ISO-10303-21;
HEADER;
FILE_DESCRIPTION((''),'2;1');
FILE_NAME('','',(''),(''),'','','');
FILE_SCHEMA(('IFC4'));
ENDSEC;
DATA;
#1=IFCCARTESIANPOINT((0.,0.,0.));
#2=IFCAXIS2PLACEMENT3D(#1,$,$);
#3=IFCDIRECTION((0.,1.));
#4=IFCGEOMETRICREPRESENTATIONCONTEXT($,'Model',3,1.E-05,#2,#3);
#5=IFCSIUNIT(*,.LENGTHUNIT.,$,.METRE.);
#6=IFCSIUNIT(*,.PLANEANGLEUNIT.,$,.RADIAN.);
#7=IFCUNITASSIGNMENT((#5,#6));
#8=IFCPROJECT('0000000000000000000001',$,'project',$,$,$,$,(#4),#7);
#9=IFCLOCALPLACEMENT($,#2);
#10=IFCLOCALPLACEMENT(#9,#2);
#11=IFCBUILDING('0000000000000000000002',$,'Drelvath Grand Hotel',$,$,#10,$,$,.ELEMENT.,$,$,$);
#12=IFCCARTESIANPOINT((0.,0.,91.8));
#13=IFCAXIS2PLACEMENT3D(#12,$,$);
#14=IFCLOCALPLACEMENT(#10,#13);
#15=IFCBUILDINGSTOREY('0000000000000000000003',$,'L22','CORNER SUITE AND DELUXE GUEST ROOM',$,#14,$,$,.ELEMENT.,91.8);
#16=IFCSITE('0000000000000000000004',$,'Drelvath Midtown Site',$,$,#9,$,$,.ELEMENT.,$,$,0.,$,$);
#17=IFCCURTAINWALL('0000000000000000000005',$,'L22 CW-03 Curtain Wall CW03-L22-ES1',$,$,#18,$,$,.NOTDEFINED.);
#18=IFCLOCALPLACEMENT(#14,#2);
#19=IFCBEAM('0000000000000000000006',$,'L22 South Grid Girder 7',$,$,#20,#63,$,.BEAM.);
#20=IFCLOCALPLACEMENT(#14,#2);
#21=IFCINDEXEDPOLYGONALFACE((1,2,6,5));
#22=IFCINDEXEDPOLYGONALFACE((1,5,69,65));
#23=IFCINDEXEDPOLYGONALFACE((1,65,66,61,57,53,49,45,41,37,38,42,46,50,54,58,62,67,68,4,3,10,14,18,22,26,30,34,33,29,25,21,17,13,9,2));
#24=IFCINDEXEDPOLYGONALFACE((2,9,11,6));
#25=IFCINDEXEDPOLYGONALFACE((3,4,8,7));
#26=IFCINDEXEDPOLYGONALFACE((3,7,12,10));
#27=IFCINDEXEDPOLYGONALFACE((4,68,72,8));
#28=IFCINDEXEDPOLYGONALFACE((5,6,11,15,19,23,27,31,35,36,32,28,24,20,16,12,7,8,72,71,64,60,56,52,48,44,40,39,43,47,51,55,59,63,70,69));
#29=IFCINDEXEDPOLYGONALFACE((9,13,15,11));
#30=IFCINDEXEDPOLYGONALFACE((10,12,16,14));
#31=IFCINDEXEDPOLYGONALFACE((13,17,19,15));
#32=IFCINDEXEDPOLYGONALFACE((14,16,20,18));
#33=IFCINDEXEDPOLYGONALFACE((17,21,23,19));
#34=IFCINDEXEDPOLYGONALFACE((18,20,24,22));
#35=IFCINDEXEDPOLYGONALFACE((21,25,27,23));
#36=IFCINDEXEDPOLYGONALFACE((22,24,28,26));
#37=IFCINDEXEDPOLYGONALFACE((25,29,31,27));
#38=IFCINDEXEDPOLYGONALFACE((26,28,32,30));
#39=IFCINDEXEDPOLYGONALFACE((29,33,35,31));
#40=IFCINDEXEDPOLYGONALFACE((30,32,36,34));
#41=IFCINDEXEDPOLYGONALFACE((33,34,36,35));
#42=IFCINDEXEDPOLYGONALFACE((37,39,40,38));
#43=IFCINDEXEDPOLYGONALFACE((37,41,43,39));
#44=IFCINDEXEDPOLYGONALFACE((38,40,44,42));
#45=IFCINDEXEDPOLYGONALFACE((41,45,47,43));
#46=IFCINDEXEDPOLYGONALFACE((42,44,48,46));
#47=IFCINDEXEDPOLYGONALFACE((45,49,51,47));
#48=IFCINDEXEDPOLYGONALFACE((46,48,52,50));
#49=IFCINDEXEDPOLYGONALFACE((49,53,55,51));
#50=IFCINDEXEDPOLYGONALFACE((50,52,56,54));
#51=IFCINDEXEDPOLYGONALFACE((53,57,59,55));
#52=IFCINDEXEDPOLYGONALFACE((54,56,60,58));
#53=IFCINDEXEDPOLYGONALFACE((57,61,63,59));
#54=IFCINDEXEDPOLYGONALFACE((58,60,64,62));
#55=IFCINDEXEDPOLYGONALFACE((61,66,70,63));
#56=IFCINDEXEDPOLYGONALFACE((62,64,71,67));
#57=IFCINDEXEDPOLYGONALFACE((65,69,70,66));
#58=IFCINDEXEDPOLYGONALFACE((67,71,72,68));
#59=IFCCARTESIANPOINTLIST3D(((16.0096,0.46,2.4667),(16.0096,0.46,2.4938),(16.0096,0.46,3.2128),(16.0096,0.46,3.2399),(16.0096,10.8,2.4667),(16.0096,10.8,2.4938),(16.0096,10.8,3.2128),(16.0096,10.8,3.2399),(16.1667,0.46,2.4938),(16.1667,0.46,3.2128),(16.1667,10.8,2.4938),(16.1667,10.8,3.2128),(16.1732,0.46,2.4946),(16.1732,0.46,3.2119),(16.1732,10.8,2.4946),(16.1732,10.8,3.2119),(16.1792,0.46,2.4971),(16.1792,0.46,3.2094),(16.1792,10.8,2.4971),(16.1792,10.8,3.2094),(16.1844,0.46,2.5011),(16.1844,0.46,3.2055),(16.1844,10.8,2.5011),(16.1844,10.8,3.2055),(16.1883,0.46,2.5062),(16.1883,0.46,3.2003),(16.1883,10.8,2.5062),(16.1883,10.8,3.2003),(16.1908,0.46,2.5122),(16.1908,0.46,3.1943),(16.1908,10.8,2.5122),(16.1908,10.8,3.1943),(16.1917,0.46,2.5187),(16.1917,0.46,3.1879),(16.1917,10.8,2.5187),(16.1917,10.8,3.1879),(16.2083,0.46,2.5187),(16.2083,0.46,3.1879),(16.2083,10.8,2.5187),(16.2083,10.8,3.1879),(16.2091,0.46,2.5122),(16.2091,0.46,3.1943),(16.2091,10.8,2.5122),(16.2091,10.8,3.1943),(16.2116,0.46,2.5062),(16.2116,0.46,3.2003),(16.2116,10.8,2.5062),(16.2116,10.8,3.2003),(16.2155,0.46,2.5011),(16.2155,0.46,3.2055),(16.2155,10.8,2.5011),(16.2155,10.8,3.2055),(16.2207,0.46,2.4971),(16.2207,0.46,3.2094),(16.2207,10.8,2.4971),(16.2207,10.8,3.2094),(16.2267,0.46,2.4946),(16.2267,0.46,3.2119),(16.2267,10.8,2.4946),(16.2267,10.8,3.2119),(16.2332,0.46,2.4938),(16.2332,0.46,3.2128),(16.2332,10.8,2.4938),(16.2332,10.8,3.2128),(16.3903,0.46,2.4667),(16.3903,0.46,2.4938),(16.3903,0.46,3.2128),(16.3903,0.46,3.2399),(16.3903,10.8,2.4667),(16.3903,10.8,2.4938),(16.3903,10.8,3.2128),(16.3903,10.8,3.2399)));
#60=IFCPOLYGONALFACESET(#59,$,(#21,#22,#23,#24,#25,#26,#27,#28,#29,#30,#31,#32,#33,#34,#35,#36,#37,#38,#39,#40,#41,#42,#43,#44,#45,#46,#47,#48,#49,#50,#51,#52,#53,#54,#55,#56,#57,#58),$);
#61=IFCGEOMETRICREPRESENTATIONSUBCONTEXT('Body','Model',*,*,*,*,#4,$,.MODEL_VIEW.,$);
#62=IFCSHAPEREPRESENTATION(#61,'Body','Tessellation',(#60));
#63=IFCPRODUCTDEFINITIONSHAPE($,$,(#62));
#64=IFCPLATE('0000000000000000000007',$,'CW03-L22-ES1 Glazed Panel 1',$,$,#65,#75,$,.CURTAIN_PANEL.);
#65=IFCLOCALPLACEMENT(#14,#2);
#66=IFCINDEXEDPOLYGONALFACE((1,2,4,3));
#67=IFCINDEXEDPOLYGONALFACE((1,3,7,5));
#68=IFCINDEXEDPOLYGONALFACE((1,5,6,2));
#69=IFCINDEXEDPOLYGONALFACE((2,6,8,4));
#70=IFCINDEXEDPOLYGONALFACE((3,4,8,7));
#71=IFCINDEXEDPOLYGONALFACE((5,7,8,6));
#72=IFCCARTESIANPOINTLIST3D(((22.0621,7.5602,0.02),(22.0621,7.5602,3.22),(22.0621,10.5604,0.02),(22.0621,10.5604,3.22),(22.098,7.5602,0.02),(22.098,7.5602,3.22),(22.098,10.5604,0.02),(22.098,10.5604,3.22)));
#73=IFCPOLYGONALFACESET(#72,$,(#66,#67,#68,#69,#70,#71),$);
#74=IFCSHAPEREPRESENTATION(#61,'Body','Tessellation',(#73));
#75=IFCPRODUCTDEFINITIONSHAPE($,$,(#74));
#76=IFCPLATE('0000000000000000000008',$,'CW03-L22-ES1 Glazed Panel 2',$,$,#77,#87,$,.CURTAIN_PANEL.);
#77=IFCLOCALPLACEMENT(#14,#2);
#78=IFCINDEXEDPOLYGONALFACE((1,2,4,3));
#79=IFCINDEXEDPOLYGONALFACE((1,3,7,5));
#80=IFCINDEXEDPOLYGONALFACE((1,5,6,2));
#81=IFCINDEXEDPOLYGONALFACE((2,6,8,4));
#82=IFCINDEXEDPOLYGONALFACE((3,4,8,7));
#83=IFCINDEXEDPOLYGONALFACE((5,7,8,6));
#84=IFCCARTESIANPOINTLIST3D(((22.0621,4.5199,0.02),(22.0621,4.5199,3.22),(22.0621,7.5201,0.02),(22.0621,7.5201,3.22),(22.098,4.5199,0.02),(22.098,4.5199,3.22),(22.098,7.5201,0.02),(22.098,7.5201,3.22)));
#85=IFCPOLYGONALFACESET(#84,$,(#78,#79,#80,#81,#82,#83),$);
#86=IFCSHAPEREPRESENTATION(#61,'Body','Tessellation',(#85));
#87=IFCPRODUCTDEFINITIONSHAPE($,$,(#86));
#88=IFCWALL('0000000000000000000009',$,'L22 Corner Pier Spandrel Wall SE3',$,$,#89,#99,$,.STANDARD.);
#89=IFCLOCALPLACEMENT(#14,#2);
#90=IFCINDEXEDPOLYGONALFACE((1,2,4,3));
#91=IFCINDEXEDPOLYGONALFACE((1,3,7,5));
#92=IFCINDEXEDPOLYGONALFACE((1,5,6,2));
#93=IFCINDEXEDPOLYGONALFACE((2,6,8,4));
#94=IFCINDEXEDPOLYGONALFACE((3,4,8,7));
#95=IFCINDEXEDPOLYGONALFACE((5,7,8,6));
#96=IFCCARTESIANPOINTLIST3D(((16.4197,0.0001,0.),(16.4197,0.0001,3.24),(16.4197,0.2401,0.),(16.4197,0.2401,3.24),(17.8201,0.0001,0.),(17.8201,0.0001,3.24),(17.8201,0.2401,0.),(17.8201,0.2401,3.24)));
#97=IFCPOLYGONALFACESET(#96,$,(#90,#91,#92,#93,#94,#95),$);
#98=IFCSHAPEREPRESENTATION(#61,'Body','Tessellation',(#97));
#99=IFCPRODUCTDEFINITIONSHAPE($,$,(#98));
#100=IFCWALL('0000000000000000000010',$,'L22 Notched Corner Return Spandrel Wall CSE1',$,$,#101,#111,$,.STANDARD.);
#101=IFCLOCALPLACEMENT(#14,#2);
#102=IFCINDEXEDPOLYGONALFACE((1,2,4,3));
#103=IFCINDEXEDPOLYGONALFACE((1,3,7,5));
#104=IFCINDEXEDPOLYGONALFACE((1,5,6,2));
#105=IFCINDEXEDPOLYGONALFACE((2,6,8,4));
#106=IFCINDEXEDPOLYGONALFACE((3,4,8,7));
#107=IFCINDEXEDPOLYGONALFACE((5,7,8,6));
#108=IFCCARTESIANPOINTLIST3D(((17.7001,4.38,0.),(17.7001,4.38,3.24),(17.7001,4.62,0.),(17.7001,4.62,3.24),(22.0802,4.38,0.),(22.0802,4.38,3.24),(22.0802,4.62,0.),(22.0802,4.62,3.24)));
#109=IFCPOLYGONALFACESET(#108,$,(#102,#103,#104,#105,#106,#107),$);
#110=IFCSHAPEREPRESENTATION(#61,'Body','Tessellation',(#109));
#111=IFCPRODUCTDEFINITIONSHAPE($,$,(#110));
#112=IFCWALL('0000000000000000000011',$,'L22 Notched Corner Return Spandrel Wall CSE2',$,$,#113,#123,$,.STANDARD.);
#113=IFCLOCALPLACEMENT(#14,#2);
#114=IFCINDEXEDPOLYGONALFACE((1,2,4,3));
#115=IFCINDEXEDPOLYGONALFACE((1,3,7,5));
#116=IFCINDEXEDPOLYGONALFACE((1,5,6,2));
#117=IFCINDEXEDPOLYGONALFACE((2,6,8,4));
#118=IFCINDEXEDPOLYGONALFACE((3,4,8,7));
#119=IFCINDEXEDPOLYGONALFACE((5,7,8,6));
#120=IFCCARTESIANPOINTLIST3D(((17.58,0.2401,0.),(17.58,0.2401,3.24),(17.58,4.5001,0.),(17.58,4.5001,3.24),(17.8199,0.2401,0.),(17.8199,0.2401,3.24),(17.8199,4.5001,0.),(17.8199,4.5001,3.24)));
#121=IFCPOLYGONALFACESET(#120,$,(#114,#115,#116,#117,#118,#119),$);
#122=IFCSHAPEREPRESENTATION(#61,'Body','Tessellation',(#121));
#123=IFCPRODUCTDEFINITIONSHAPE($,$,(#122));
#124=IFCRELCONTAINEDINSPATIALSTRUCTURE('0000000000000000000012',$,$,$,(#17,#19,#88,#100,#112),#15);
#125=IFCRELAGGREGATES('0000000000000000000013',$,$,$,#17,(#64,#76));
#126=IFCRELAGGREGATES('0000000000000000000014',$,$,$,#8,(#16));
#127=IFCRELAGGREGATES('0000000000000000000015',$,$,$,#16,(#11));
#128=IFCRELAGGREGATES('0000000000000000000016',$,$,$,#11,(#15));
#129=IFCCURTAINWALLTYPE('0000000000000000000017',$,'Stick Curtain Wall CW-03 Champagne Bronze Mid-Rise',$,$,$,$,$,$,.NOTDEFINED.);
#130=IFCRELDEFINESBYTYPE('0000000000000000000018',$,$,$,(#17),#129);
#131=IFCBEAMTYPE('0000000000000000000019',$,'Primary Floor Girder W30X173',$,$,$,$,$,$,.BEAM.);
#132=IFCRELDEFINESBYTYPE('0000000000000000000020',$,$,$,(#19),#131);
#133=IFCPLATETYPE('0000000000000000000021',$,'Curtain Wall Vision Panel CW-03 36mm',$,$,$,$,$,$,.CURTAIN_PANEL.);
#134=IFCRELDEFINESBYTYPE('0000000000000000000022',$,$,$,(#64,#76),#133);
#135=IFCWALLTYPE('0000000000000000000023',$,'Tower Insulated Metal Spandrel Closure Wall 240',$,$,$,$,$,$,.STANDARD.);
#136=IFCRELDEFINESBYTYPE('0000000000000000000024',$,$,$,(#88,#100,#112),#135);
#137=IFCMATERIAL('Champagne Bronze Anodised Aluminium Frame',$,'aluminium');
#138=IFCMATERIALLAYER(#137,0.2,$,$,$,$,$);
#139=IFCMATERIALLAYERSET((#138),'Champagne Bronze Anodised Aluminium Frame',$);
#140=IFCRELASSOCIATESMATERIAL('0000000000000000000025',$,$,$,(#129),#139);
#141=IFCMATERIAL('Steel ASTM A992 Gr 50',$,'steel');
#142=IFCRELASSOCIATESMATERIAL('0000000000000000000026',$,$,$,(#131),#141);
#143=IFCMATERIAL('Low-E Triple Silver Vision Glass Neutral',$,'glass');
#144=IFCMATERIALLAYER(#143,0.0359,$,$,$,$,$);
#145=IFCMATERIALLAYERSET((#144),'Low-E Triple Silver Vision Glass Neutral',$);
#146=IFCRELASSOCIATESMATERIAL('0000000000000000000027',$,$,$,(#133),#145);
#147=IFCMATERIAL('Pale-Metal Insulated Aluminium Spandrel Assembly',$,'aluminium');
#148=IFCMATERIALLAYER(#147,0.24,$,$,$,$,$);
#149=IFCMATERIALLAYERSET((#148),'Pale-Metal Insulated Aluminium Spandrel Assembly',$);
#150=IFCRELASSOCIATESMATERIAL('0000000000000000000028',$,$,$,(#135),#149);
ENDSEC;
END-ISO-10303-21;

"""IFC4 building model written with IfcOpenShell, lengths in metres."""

from ifc_helpers import new_model, si_unit, direction, frame, frame_2d, origin, origin_2d, place, context, subcontext, project, spatial, rectangle, i_section, extrude, material, layer, layer_set, material_profile, profile_set, type_object, element, aggregate, save


model = new_model("IFC4")

# Units and contexts
model_context = context("Model", 3, precision=1e-05, world=origin(), true_north=direction((0.0, 1.0)))
body_context = subcontext(model_context, "Body", "Model", "MODEL_VIEW")
ifc_project = project(units=[si_unit("LENGTHUNIT", "METRE"), si_unit("PLANEANGLEUNIT", "RADIAN")], contexts=[model_context])

# Site, building, storey
site_placement = place(None, origin())
site = spatial("IfcSite", under=ifc_project, at=site_placement, Name="Drelvath Midtown Site", CompositionType="ELEMENT", RefElevation=0.0)
building_placement = place(site_placement, origin())
building = spatial("IfcBuilding", under=site, at=building_placement, Name="Drelvath Grand Hotel", CompositionType="ELEMENT")
storey_placement = place(building_placement, frame((0.0, 0.0, 91.8)))
storey = spatial("IfcBuildingStorey", under=building, at=storey_placement, Name="L22", Description="CORNER SUITE AND DELUXE GUEST ROOM", CompositionType="ELEMENT", Elevation=91.8)

# Curtain wall
ifc_material_1 = material(Name="Champagne Bronze Anodised Aluminium Frame", Category="aluminium")
ifc_layer_1 = layer(ifc_material_1, 0.2)
ifc_layer_set_1 = layer_set([ifc_layer_1], Name="Champagne Bronze Anodised Aluminium Frame")
curtain_wall_type = type_object("IfcCurtainWallType", Name="Stick Curtain Wall CW-03 Champagne Bronze Mid-Rise", PredefinedType="NOTDEFINED", material=ifc_layer_set_1)
curtain_wall_1_placement = place(storey_placement, origin())
curtain_wall_1 = element("IfcCurtainWall", 1, at=curtain_wall_1_placement, inside=storey, type_object=curtain_wall_type, Name="L22 CW-03 Curtain Wall CW03-L22-ES1", PredefinedType="NOTDEFINED")

# Beam
ifc_material_2 = material(Name="Steel ASTM A992 Gr 50", Category="steel")
ifc_material_profile_1 = material_profile(ifc_material_2, i_section(OverallWidth=0.3806, OverallDepth=0.7732, WebThickness=0.0166, FlangeThickness=0.0271, FilletRadius=0.0249, at=origin_2d()), Name="W30X173")
ifc_profile_set_1 = profile_set([ifc_material_profile_1], Name="Steel ASTM A992 Gr 50")
beam_type = type_object("IfcBeamType", Name="Primary Floor Girder W30X173", PredefinedType="BEAM", material=ifc_profile_set_1)
beam_placement = place(storey_placement, frame((16.2, 0.46, 2.8533), z_axis=(0.0, 1.0, 0.0), x_axis=(-1.0, 0.0, 0.0)))
element("IfcBeam", 2, at=beam_placement, inside=storey, type_object=beam_type, Name="L22 South Grid Girder 7", PredefinedType="BEAM", context=body_context, shape_type="SweptSolid", body=[
    extrude(i_section(OverallWidth=0.3806, OverallDepth=0.7732, WebThickness=0.0166, FlangeThickness=0.0271, FilletRadius=0.0249, at=origin_2d()), origin(), (0.0, 0.0, 1.0), 10.3401),
])

# Plates
ifc_material_3 = material(Name="Low-E Triple Silver Vision Glass Neutral", Category="glass")
ifc_layer_2 = layer(ifc_material_3, 0.0359)
ifc_layer_set_2 = layer_set([ifc_layer_2], Name="Low-E Triple Silver Vision Glass Neutral")
plate_type = type_object("IfcPlateType", Name="Curtain Wall Vision Panel CW-03 36mm", PredefinedType="CURTAIN_PANEL", material=ifc_layer_set_2)
plate_1_placement = place(storey_placement, frame((22.0801, 9.0603, 0.02), z_axis=(0.0, 0.0, 1.0), x_axis=(0.0, -1.0, 0.0)))
plate_1 = element("IfcPlate", 3, at=plate_1_placement, type_object=plate_type, Name="CW03-L22-ES1 Glazed Panel 1", PredefinedType="CURTAIN_PANEL", context=body_context, shape_type="SweptSolid", body=[
    extrude(rectangle(XDim=3.0002, YDim=0.0359, at=origin_2d()), origin(), (0.0, 0.0, 1.0), 3.2),
])
plate_2_placement = place(storey_placement, frame((22.0801, 6.02, 0.02), z_axis=(0.0, 0.0, 1.0), x_axis=(0.0, -1.0, 0.0)))
plate_2 = element("IfcPlate", 4, at=plate_2_placement, type_object=plate_type, Name="CW03-L22-ES1 Glazed Panel 2", PredefinedType="CURTAIN_PANEL", context=body_context, shape_type="SweptSolid", body=[
    extrude(rectangle(XDim=3.0002, YDim=0.0359, at=origin_2d()), origin(), (0.0, 0.0, 1.0), 3.2),
])
aggregate(curtain_wall_1, [plate_1, plate_2])

# Walls
ifc_material_4 = material(Name="Pale-Metal Insulated Aluminium Spandrel Assembly", Category="aluminium")
ifc_layer_3 = layer(ifc_material_4, 0.24)
ifc_layer_set_3 = layer_set([ifc_layer_3], Name="Pale-Metal Insulated Aluminium Spandrel Assembly")
wall_type = type_object("IfcWallType", Name="Tower Insulated Metal Spandrel Closure Wall 240", PredefinedType="STANDARD", material=ifc_layer_set_3)
wall_1_placement = place(storey_placement, frame((17.8201, 0.1201, 0.0), z_axis=(0.0, 0.0, 1.0), x_axis=(-1.0, 0.0, 0.0)))
element("IfcWall", 5, at=wall_1_placement, inside=storey, type_object=wall_type, Name="L22 Corner Pier Spandrel Wall SE3", PredefinedType="STANDARD", context=body_context, shape_type="SweptSolid", body=[
    extrude(rectangle(XDim=1.4004, YDim=0.24, at=frame_2d((0.7002, 0.0))), origin(), (0.0, 0.0, 1.0), 3.24),
])
wall_2_placement = place(storey_placement, frame((22.0801, 4.5, 0.0), z_axis=(0.0, 0.0, 1.0), x_axis=(-1.0, 0.0, 0.0)))
element("IfcWall", 6, at=wall_2_placement, inside=storey, type_object=wall_type, Name="L22 Notched Corner Return Spandrel Wall CSE1", PredefinedType="STANDARD", context=body_context, shape_type="SweptSolid", body=[
    extrude(rectangle(XDim=4.3801, YDim=0.24, at=frame_2d((2.1899, 0.0))), origin(), (0.0, 0.0, 1.0), 3.24),
])
wall_3_placement = place(storey_placement, frame((17.7, 4.5, 0.0), z_axis=(0.0, 0.0, 1.0), x_axis=(0.0, -1.0, 0.0)))
element("IfcWall", 7, at=wall_3_placement, inside=storey, type_object=wall_type, Name="L22 Notched Corner Return Spandrel Wall CSE2", PredefinedType="STANDARD", context=body_context, shape_type="SweptSolid", body=[
    extrude(rectangle(XDim=4.26, YDim=0.24, at=frame_2d((2.1299, 0.0))), origin(), (0.0, 0.0, 1.0), 3.24),
])

save(model, "model.ifc")
